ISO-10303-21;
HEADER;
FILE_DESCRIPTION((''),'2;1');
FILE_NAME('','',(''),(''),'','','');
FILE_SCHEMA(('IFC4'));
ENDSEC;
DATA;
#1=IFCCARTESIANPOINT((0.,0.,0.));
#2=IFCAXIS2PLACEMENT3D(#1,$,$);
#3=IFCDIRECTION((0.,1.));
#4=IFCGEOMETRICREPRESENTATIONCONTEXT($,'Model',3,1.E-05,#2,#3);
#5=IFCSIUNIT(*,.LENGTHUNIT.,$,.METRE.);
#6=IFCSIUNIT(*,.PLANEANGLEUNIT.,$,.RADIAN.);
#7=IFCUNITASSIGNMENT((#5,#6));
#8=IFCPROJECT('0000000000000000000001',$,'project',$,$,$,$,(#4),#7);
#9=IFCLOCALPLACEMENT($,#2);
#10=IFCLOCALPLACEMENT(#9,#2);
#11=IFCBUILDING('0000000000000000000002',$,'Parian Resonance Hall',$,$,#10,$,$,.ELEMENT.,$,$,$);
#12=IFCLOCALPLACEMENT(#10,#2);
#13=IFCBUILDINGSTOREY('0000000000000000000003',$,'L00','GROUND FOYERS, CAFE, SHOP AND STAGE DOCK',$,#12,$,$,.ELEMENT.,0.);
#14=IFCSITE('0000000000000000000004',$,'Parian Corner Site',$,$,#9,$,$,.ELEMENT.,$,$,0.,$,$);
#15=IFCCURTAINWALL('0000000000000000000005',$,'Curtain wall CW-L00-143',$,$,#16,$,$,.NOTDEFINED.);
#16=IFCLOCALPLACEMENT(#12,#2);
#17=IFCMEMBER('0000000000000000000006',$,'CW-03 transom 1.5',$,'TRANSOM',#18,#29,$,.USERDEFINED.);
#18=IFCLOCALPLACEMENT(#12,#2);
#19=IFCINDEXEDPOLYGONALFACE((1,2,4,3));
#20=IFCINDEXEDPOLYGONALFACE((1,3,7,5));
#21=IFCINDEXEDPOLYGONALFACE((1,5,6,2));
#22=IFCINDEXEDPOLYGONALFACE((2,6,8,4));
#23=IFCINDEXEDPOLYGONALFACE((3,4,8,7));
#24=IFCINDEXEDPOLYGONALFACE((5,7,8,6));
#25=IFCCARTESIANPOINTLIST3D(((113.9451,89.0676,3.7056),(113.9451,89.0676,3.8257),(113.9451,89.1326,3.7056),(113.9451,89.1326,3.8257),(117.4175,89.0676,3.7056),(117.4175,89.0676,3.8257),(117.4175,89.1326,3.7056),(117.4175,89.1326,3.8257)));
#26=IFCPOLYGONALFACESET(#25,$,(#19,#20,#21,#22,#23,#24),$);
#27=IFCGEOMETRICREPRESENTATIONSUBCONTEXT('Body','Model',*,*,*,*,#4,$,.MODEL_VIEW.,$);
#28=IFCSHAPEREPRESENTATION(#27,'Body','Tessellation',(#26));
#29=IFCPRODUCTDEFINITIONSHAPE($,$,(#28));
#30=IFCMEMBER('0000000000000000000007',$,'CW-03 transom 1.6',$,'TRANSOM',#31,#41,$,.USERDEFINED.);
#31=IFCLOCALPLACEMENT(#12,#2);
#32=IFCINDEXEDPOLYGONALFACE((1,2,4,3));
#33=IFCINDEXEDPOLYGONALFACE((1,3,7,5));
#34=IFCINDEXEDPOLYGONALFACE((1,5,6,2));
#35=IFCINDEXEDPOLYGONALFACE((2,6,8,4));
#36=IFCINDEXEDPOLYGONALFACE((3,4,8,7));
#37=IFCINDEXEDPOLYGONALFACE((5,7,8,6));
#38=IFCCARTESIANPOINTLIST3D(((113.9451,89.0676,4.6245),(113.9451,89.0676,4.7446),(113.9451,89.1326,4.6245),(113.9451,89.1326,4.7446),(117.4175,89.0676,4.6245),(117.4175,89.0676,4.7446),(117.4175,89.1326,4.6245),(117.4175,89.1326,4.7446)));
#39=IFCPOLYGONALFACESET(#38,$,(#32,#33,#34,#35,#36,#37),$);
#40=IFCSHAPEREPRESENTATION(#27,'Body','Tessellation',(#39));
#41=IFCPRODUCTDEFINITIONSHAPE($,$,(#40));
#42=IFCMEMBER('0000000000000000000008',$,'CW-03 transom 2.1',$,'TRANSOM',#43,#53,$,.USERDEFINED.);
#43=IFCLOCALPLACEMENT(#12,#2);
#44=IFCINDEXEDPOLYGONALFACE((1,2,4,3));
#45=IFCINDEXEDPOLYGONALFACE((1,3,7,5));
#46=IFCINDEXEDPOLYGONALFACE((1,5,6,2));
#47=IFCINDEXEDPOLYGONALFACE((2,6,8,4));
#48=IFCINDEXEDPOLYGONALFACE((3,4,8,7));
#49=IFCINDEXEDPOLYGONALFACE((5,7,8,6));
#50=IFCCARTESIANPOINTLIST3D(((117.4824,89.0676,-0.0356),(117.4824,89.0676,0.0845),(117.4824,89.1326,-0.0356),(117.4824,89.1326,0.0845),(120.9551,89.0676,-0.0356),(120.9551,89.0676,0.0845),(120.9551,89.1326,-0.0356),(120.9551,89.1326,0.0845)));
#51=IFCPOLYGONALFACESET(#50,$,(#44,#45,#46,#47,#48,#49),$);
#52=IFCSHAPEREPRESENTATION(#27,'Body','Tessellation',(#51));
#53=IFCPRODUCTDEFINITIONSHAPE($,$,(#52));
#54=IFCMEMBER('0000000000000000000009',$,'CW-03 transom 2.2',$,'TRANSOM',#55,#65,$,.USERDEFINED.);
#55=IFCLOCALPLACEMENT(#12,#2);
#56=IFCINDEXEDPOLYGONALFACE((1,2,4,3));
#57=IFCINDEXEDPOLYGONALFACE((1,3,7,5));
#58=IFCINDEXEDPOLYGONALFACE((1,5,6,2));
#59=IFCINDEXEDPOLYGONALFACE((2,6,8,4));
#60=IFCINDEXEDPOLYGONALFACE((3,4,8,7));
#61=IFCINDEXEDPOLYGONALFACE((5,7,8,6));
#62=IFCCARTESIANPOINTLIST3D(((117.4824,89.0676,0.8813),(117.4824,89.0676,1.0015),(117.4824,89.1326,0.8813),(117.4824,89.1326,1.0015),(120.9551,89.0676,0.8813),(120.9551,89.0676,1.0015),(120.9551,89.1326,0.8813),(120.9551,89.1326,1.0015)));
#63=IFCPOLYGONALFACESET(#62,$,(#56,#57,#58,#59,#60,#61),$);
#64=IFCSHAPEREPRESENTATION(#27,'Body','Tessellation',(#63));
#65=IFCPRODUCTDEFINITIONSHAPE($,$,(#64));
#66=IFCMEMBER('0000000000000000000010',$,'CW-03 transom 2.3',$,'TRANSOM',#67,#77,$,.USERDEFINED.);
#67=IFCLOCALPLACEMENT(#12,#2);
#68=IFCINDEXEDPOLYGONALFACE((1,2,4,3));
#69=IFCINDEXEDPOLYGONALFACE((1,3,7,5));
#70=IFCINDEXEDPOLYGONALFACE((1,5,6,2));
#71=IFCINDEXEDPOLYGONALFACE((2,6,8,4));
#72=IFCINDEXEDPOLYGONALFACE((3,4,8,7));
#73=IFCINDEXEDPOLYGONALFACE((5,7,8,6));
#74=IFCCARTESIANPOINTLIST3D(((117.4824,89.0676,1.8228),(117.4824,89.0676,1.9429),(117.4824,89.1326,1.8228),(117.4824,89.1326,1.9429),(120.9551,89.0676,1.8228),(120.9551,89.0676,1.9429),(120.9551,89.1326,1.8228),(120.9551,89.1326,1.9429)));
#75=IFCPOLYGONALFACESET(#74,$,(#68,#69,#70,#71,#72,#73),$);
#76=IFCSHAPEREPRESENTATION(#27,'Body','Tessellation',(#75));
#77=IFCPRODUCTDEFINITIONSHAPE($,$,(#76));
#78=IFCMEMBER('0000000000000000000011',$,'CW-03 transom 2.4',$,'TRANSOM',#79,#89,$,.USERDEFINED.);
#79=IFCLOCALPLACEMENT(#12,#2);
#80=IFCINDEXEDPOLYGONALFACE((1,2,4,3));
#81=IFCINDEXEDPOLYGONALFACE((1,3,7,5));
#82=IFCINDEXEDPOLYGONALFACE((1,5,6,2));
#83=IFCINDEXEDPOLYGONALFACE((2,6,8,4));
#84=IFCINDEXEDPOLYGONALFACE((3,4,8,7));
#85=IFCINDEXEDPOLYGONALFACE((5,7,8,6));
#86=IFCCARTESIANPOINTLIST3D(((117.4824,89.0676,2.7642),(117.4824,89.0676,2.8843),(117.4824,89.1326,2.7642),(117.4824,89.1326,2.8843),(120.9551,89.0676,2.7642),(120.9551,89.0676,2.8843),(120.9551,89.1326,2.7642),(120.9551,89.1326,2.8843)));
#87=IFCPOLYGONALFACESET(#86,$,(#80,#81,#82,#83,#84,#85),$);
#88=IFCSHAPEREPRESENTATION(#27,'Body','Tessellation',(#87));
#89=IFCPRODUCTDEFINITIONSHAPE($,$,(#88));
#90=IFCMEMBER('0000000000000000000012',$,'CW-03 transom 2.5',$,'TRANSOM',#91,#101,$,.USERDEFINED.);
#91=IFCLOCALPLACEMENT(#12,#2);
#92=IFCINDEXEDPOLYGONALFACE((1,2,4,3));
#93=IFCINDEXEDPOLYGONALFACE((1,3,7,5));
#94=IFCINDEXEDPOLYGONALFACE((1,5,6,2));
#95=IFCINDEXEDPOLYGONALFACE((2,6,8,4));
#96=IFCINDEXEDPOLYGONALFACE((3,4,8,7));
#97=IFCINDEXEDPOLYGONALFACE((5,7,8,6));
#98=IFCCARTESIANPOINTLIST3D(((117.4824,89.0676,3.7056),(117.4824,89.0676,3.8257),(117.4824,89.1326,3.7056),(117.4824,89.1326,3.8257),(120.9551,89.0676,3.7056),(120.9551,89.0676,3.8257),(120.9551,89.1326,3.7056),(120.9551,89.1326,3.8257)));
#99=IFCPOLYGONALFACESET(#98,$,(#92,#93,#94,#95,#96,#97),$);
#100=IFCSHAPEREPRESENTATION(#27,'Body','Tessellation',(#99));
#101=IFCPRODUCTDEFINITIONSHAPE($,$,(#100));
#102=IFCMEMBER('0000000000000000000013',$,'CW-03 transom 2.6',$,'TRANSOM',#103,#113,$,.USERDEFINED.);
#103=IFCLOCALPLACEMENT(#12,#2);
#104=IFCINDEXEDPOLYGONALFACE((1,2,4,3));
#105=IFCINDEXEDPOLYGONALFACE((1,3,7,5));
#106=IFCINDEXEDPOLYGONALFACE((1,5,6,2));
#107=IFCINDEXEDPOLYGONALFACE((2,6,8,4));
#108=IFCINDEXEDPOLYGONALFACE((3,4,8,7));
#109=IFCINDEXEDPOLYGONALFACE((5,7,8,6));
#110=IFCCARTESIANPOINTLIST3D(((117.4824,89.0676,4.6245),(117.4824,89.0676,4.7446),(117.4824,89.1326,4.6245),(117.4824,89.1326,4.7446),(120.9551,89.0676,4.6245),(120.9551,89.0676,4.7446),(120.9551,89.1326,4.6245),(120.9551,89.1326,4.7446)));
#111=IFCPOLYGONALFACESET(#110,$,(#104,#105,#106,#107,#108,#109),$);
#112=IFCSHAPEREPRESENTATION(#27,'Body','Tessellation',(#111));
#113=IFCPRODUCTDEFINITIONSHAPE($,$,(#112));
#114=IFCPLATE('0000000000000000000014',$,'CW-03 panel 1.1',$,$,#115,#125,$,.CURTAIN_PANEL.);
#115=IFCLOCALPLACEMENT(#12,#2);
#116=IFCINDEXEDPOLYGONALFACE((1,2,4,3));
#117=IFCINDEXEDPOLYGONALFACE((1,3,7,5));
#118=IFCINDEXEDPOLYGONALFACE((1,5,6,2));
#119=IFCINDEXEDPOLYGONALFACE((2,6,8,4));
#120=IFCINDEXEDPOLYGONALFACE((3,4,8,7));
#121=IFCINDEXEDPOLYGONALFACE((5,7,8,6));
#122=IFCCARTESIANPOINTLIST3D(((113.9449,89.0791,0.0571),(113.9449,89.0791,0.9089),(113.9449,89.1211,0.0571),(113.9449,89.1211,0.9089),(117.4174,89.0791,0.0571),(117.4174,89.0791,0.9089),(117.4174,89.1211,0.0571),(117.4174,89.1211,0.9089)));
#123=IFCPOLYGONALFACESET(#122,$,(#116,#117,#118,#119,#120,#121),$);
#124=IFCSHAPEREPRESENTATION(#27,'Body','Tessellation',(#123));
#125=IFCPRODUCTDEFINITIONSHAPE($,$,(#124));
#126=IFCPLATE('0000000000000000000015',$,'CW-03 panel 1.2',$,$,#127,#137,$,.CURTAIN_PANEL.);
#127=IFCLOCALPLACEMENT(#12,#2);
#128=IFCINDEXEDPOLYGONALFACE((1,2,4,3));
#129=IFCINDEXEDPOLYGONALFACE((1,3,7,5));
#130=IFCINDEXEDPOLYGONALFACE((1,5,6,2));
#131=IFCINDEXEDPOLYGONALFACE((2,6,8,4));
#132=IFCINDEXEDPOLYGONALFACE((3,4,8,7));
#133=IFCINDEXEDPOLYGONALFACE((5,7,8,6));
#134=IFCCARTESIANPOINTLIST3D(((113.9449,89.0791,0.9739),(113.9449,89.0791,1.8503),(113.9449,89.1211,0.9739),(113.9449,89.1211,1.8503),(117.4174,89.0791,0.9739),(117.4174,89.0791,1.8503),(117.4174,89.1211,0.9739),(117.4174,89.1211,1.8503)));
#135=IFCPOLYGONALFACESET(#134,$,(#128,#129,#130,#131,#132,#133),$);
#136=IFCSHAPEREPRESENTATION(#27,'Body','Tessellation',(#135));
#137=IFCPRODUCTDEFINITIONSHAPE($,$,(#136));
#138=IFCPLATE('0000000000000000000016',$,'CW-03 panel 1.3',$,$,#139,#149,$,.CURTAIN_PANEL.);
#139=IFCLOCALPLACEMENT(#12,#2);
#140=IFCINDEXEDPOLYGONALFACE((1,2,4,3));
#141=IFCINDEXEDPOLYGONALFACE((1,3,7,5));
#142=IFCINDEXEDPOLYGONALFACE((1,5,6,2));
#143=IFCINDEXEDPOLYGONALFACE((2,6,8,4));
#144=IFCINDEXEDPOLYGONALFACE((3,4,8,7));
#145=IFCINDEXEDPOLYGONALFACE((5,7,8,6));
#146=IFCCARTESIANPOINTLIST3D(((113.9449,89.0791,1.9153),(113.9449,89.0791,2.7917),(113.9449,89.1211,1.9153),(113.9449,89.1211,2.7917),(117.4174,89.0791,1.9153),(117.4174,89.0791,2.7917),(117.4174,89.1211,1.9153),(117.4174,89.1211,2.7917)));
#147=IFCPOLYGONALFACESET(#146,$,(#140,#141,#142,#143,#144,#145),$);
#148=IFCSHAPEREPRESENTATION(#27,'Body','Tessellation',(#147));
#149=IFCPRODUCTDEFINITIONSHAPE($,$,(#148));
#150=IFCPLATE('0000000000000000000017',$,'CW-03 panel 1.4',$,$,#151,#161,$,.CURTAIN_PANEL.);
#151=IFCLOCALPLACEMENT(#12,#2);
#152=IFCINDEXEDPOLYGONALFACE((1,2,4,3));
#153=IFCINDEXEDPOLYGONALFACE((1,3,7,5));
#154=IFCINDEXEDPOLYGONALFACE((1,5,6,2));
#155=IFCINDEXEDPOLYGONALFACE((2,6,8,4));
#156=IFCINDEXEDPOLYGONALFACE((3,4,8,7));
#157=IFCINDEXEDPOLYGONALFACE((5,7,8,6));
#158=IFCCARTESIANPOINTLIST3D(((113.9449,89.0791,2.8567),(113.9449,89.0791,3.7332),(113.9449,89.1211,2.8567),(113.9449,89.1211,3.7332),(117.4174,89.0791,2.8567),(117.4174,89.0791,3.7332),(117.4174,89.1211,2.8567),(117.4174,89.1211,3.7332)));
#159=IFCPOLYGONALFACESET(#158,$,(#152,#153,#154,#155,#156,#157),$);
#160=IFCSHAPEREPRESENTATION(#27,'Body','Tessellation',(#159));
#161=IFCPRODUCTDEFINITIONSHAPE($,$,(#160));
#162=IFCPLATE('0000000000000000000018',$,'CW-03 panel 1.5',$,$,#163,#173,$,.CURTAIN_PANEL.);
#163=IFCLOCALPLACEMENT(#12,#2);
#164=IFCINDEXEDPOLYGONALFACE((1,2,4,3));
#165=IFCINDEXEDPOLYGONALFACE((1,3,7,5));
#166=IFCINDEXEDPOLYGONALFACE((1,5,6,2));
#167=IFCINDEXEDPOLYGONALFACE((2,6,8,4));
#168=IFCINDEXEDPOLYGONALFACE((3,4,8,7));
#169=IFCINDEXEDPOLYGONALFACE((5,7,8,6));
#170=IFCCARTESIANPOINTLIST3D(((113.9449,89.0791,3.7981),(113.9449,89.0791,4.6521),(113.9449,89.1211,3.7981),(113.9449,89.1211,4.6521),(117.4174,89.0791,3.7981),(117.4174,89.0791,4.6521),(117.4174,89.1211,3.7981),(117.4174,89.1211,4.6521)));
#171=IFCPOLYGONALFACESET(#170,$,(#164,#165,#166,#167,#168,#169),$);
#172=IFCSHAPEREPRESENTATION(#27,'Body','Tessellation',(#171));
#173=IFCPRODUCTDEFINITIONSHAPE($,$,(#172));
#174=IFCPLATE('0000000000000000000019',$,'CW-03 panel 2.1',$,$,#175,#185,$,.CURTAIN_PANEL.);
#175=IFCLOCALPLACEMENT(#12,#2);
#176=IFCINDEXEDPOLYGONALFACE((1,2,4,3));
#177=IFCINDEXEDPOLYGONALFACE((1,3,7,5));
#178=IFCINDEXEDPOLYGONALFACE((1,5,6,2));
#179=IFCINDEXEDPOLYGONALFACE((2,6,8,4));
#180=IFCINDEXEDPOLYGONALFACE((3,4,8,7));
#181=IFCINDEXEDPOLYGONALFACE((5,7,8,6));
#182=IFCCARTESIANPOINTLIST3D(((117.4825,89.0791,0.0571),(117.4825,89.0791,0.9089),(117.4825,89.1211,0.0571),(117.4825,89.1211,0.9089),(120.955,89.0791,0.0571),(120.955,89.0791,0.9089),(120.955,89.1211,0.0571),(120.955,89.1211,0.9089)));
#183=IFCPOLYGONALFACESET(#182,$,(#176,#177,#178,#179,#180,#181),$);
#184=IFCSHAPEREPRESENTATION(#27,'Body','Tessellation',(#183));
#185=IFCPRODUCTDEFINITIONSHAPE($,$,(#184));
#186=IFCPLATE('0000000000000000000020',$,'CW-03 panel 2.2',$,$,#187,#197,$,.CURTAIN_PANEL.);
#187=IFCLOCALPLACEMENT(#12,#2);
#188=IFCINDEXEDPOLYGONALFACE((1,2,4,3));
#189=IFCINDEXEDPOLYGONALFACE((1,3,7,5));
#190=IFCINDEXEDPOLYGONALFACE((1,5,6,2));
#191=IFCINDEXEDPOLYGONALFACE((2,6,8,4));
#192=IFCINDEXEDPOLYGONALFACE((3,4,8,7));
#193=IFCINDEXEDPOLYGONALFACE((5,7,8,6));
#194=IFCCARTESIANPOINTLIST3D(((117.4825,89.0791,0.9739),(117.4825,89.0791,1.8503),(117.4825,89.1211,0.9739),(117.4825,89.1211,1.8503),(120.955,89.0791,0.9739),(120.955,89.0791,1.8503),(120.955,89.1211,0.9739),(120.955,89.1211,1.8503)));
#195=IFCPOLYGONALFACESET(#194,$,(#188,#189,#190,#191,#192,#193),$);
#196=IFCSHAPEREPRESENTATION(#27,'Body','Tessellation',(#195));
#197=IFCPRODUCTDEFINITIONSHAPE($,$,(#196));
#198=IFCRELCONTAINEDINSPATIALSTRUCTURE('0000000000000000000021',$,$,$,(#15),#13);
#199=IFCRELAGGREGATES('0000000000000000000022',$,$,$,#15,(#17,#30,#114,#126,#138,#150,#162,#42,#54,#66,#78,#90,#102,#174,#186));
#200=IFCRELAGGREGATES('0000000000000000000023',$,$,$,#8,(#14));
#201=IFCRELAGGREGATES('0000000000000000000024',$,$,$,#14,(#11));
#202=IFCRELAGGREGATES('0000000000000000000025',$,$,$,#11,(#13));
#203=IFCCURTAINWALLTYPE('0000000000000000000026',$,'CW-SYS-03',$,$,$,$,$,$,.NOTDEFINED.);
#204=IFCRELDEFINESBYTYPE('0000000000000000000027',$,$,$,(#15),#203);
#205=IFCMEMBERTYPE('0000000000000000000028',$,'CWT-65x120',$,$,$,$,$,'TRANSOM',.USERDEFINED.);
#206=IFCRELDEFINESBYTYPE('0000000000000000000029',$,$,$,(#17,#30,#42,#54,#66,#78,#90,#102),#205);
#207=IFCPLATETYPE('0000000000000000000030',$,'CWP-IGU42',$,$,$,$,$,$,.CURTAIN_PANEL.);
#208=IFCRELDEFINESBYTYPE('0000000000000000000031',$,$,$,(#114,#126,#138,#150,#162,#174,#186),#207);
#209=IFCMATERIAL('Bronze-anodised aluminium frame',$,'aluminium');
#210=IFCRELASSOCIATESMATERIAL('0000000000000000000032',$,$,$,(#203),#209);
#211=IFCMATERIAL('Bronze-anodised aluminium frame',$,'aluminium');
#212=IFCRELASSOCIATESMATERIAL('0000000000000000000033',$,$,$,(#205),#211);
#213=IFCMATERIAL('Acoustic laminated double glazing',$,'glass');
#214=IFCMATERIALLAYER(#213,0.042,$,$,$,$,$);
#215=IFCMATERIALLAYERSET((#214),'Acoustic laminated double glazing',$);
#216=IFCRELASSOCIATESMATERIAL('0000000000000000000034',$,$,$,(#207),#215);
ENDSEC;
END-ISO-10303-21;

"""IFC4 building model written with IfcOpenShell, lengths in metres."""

from ifc_helpers import new_model, si_unit, direction, frame, origin, origin_2d, place, context, subcontext, project, spatial, rectangle, extrude, material, layer, layer_set, material_profile, profile_set, type_object, element, aggregate, save


model = new_model("IFC4")

# Units and contexts
model_context = context("Model", 3, precision=1e-05, world=origin(), true_north=direction((0.0, 1.0)))
body_context = subcontext(model_context, "Body", "Model", "MODEL_VIEW")
ifc_project = project(units=[si_unit("LENGTHUNIT", "METRE"), si_unit("PLANEANGLEUNIT", "RADIAN")], contexts=[model_context])

# Site, building, storey
site_placement = place(None, origin())
site = spatial("IfcSite", under=ifc_project, at=site_placement, Name="Parian Corner Site", CompositionType="ELEMENT", RefElevation=0.0)
building_placement = place(site_placement, origin())
building = spatial("IfcBuilding", under=site, at=building_placement, Name="Parian Resonance Hall", CompositionType="ELEMENT")
storey_placement = place(building_placement, origin())
storey = spatial("IfcBuildingStorey", under=building, at=storey_placement, Name="L00", Description="GROUND FOYERS, CAFE, SHOP AND STAGE DOCK", CompositionType="ELEMENT", Elevation=0.0)

# Curtain wall, members, plates
ifc_material_1 = material(Name="Bronze-anodised aluminium frame", Category="aluminium")
curtain_wall_type = type_object("IfcCurtainWallType", Name="CW-SYS-03", PredefinedType="NOTDEFINED", material=ifc_material_1)
curtain_wall_placement = place(storey_placement, origin())
curtain_wall = element("IfcCurtainWall", 1, at=curtain_wall_placement, inside=storey, type_object=curtain_wall_type, Name="Curtain wall CW-L00-143", PredefinedType="NOTDEFINED")
ifc_material_2 = material(Name="Bronze-anodised aluminium frame", Category="aluminium")
ifc_material_profile_1 = material_profile(ifc_material_2, rectangle(XDim=0.0649, YDim=0.1201, at=origin_2d()), Name="CWT-65x120")
ifc_profile_set_1 = profile_set([ifc_material_profile_1], Name="Bronze-anodised aluminium frame")
member_type_1 = type_object("IfcMemberType", Name="CWT-65x120", ElementType="TRANSOM", PredefinedType="USERDEFINED", material=ifc_profile_set_1)
member_1_placement = place(storey_placement, frame((113.9451, 89.1001, 3.7656), z_axis=(1.0, 0.0, 0.0), x_axis=(0.0, 1.0, 0.0)))
member_1 = element("IfcMember", 2, at=member_1_placement, type_object=member_type_1, Name="CW-03 transom 1.5", ObjectType="TRANSOM", PredefinedType="USERDEFINED", context=body_context, shape_type="SweptSolid", body=[
    extrude(rectangle(XDim=0.0649, YDim=0.1201, at=origin_2d()), origin(), (0.0, 0.0, 1.0), 3.4724),
])
member_2_placement = place(storey_placement, frame((113.9451, 89.1001, 4.6846), z_axis=(1.0, 0.0, 0.0), x_axis=(0.0, 1.0, 0.0)))
member_2 = element("IfcMember", 3, at=member_2_placement, type_object=member_type_1, Name="CW-03 transom 1.6", ObjectType="TRANSOM", PredefinedType="USERDEFINED", context=body_context, shape_type="SweptSolid", body=[
    extrude(rectangle(XDim=0.0649, YDim=0.1201, at=origin_2d()), origin(), (0.0, 0.0, 1.0), 3.4724),
])
member_3_placement = place(storey_placement, frame((117.4824, 89.1001, 0.0244), z_axis=(1.0, 0.0, 0.0), x_axis=(0.0, 1.0, 0.0)))
member_3 = element("IfcMember", 4, at=member_3_placement, type_object=member_type_1, Name="CW-03 transom 2.1", ObjectType="TRANSOM", PredefinedType="USERDEFINED", context=body_context, shape_type="SweptSolid", body=[
    extrude(rectangle(XDim=0.0649, YDim=0.1201, at=origin_2d()), origin(), (0.0, 0.0, 1.0), 3.4727),
])
member_4_placement = place(storey_placement, frame((117.4824, 89.1001, 0.9414), z_axis=(1.0, 0.0, 0.0), x_axis=(0.0, 1.0, 0.0)))
member_4 = element("IfcMember", 5, at=member_4_placement, type_object=member_type_1, Name="CW-03 transom 2.2", ObjectType="TRANSOM", PredefinedType="USERDEFINED", context=body_context, shape_type="SweptSolid", body=[
    extrude(rectangle(XDim=0.0649, YDim=0.1201, at=origin_2d()), origin(), (0.0, 0.0, 1.0), 3.4727),
])
member_5_placement = place(storey_placement, frame((117.4824, 89.1001, 1.8828), z_axis=(1.0, 0.0, 0.0), x_axis=(0.0, 1.0, 0.0)))
member_5 = element("IfcMember", 6, at=member_5_placement, type_object=member_type_1, Name="CW-03 transom 2.3", ObjectType="TRANSOM", PredefinedType="USERDEFINED", context=body_context, shape_type="SweptSolid", body=[
    extrude(rectangle(XDim=0.0649, YDim=0.1201, at=origin_2d()), origin(), (0.0, 0.0, 1.0), 3.4727),
])
member_6_placement = place(storey_placement, frame((117.4824, 89.1001, 2.8242), z_axis=(1.0, 0.0, 0.0), x_axis=(0.0, 1.0, 0.0)))
member_6 = element("IfcMember", 7, at=member_6_placement, type_object=member_type_1, Name="CW-03 transom 2.4", ObjectType="TRANSOM", PredefinedType="USERDEFINED", context=body_context, shape_type="SweptSolid", body=[
    extrude(rectangle(XDim=0.0649, YDim=0.1201, at=origin_2d()), origin(), (0.0, 0.0, 1.0), 3.4727),
])
member_7_placement = place(storey_placement, frame((117.4824, 89.1001, 3.7656), z_axis=(1.0, 0.0, 0.0), x_axis=(0.0, 1.0, 0.0)))
member_7 = element("IfcMember", 8, at=member_7_placement, type_object=member_type_1, Name="CW-03 transom 2.5", ObjectType="TRANSOM", PredefinedType="USERDEFINED", context=body_context, shape_type="SweptSolid", body=[
    extrude(rectangle(XDim=0.0649, YDim=0.1201, at=origin_2d()), origin(), (0.0, 0.0, 1.0), 3.4727),
])
member_8_placement = place(storey_placement, frame((117.4824, 89.1001, 4.6846), z_axis=(1.0, 0.0, 0.0), x_axis=(0.0, 1.0, 0.0)))
member_8 = element("IfcMember", 9, at=member_8_placement, type_object=member_type_1, Name="CW-03 transom 2.6", ObjectType="TRANSOM", PredefinedType="USERDEFINED", context=body_context, shape_type="SweptSolid", body=[
    extrude(rectangle(XDim=0.0649, YDim=0.1201, at=origin_2d()), origin(), (0.0, 0.0, 1.0), 3.4727),
])
ifc_material_3 = material(Name="Acoustic laminated double glazing", Category="glass")
ifc_layer = layer(ifc_material_3, 0.042)
ifc_layer_set = layer_set([ifc_layer], Name="Acoustic laminated double glazing")
plate_type = type_object("IfcPlateType", Name="CWP-IGU42", PredefinedType="CURTAIN_PANEL", material=ifc_layer_set)
plate_1_placement = place(storey_placement, frame((115.6812, 89.1001, 0.0571), z_axis=(0.0, 0.0, 1.0), x_axis=(1.0, 0.0, 0.0)))
plate_1 = element("IfcPlate", 10, at=plate_1_placement, type_object=plate_type, Name="CW-03 panel 1.1", PredefinedType="CURTAIN_PANEL", context=body_context, shape_type="SweptSolid", body=[
    extrude(rectangle(XDim=3.4724, YDim=0.042, at=origin_2d()), origin(), (0.0, 0.0, 1.0), 0.8518),
])
plate_2_placement = place(storey_placement, frame((115.6812, 89.1001, 0.9739), z_axis=(0.0, 0.0, 1.0), x_axis=(1.0, 0.0, 0.0)))
plate_2 = element("IfcPlate", 11, at=plate_2_placement, type_object=plate_type, Name="CW-03 panel 1.2", PredefinedType="CURTAIN_PANEL", context=body_context, shape_type="SweptSolid", body=[
    extrude(rectangle(XDim=3.4724, YDim=0.042, at=origin_2d()), origin(), (0.0, 0.0, 1.0), 0.8765),
])
plate_3_placement = place(storey_placement, frame((115.6812, 89.1001, 1.9153), z_axis=(0.0, 0.0, 1.0), x_axis=(1.0, 0.0, 0.0)))
plate_3 = element("IfcPlate", 12, at=plate_3_placement, type_object=plate_type, Name="CW-03 panel 1.3", PredefinedType="CURTAIN_PANEL", context=body_context, shape_type="SweptSolid", body=[
    extrude(rectangle(XDim=3.4724, YDim=0.042, at=origin_2d()), origin(), (0.0, 0.0, 1.0), 0.8765),
])
plate_4_placement = place(storey_placement, frame((115.6812, 89.1001, 2.8567), z_axis=(0.0, 0.0, 1.0), x_axis=(1.0, 0.0, 0.0)))
plate_4 = element("IfcPlate", 13, at=plate_4_placement, type_object=plate_type, Name="CW-03 panel 1.4", PredefinedType="CURTAIN_PANEL", context=body_context, shape_type="SweptSolid", body=[
    extrude(rectangle(XDim=3.4724, YDim=0.042, at=origin_2d()), origin(), (0.0, 0.0, 1.0), 0.8765),
])
plate_5_placement = place(storey_placement, frame((115.6812, 89.1001, 3.7981), z_axis=(0.0, 0.0, 1.0), x_axis=(1.0, 0.0, 0.0)))
plate_5 = element("IfcPlate", 14, at=plate_5_placement, type_object=plate_type, Name="CW-03 panel 1.5", PredefinedType="CURTAIN_PANEL", context=body_context, shape_type="SweptSolid", body=[
    extrude(rectangle(XDim=3.4724, YDim=0.042, at=origin_2d()), origin(), (0.0, 0.0, 1.0), 0.854),
])
plate_6_placement = place(storey_placement, frame((119.2188, 89.1001, 0.0571), z_axis=(0.0, 0.0, 1.0), x_axis=(1.0, 0.0, 0.0)))
plate_6 = element("IfcPlate", 15, at=plate_6_placement, type_object=plate_type, Name="CW-03 panel 2.1", PredefinedType="CURTAIN_PANEL", context=body_context, shape_type="SweptSolid", body=[
    extrude(rectangle(XDim=3.4724, YDim=0.042, at=origin_2d()), origin(), (0.0, 0.0, 1.0), 0.8518),
])
plate_7_placement = place(storey_placement, frame((119.2188, 89.1001, 0.9739), z_axis=(0.0, 0.0, 1.0), x_axis=(1.0, 0.0, 0.0)))
plate_7 = element("IfcPlate", 16, at=plate_7_placement, type_object=plate_type, Name="CW-03 panel 2.2", PredefinedType="CURTAIN_PANEL", context=body_context, shape_type="SweptSolid", body=[
    extrude(rectangle(XDim=3.4724, YDim=0.042, at=origin_2d()), origin(), (0.0, 0.0, 1.0), 0.8765),
])
aggregate(curtain_wall, [member_1, member_2, plate_1, plate_2, plate_3, plate_4, plate_5, member_3, member_4, member_5, member_6, member_7, member_8, plate_6, plate_7])

save(model, "model.ifc")
